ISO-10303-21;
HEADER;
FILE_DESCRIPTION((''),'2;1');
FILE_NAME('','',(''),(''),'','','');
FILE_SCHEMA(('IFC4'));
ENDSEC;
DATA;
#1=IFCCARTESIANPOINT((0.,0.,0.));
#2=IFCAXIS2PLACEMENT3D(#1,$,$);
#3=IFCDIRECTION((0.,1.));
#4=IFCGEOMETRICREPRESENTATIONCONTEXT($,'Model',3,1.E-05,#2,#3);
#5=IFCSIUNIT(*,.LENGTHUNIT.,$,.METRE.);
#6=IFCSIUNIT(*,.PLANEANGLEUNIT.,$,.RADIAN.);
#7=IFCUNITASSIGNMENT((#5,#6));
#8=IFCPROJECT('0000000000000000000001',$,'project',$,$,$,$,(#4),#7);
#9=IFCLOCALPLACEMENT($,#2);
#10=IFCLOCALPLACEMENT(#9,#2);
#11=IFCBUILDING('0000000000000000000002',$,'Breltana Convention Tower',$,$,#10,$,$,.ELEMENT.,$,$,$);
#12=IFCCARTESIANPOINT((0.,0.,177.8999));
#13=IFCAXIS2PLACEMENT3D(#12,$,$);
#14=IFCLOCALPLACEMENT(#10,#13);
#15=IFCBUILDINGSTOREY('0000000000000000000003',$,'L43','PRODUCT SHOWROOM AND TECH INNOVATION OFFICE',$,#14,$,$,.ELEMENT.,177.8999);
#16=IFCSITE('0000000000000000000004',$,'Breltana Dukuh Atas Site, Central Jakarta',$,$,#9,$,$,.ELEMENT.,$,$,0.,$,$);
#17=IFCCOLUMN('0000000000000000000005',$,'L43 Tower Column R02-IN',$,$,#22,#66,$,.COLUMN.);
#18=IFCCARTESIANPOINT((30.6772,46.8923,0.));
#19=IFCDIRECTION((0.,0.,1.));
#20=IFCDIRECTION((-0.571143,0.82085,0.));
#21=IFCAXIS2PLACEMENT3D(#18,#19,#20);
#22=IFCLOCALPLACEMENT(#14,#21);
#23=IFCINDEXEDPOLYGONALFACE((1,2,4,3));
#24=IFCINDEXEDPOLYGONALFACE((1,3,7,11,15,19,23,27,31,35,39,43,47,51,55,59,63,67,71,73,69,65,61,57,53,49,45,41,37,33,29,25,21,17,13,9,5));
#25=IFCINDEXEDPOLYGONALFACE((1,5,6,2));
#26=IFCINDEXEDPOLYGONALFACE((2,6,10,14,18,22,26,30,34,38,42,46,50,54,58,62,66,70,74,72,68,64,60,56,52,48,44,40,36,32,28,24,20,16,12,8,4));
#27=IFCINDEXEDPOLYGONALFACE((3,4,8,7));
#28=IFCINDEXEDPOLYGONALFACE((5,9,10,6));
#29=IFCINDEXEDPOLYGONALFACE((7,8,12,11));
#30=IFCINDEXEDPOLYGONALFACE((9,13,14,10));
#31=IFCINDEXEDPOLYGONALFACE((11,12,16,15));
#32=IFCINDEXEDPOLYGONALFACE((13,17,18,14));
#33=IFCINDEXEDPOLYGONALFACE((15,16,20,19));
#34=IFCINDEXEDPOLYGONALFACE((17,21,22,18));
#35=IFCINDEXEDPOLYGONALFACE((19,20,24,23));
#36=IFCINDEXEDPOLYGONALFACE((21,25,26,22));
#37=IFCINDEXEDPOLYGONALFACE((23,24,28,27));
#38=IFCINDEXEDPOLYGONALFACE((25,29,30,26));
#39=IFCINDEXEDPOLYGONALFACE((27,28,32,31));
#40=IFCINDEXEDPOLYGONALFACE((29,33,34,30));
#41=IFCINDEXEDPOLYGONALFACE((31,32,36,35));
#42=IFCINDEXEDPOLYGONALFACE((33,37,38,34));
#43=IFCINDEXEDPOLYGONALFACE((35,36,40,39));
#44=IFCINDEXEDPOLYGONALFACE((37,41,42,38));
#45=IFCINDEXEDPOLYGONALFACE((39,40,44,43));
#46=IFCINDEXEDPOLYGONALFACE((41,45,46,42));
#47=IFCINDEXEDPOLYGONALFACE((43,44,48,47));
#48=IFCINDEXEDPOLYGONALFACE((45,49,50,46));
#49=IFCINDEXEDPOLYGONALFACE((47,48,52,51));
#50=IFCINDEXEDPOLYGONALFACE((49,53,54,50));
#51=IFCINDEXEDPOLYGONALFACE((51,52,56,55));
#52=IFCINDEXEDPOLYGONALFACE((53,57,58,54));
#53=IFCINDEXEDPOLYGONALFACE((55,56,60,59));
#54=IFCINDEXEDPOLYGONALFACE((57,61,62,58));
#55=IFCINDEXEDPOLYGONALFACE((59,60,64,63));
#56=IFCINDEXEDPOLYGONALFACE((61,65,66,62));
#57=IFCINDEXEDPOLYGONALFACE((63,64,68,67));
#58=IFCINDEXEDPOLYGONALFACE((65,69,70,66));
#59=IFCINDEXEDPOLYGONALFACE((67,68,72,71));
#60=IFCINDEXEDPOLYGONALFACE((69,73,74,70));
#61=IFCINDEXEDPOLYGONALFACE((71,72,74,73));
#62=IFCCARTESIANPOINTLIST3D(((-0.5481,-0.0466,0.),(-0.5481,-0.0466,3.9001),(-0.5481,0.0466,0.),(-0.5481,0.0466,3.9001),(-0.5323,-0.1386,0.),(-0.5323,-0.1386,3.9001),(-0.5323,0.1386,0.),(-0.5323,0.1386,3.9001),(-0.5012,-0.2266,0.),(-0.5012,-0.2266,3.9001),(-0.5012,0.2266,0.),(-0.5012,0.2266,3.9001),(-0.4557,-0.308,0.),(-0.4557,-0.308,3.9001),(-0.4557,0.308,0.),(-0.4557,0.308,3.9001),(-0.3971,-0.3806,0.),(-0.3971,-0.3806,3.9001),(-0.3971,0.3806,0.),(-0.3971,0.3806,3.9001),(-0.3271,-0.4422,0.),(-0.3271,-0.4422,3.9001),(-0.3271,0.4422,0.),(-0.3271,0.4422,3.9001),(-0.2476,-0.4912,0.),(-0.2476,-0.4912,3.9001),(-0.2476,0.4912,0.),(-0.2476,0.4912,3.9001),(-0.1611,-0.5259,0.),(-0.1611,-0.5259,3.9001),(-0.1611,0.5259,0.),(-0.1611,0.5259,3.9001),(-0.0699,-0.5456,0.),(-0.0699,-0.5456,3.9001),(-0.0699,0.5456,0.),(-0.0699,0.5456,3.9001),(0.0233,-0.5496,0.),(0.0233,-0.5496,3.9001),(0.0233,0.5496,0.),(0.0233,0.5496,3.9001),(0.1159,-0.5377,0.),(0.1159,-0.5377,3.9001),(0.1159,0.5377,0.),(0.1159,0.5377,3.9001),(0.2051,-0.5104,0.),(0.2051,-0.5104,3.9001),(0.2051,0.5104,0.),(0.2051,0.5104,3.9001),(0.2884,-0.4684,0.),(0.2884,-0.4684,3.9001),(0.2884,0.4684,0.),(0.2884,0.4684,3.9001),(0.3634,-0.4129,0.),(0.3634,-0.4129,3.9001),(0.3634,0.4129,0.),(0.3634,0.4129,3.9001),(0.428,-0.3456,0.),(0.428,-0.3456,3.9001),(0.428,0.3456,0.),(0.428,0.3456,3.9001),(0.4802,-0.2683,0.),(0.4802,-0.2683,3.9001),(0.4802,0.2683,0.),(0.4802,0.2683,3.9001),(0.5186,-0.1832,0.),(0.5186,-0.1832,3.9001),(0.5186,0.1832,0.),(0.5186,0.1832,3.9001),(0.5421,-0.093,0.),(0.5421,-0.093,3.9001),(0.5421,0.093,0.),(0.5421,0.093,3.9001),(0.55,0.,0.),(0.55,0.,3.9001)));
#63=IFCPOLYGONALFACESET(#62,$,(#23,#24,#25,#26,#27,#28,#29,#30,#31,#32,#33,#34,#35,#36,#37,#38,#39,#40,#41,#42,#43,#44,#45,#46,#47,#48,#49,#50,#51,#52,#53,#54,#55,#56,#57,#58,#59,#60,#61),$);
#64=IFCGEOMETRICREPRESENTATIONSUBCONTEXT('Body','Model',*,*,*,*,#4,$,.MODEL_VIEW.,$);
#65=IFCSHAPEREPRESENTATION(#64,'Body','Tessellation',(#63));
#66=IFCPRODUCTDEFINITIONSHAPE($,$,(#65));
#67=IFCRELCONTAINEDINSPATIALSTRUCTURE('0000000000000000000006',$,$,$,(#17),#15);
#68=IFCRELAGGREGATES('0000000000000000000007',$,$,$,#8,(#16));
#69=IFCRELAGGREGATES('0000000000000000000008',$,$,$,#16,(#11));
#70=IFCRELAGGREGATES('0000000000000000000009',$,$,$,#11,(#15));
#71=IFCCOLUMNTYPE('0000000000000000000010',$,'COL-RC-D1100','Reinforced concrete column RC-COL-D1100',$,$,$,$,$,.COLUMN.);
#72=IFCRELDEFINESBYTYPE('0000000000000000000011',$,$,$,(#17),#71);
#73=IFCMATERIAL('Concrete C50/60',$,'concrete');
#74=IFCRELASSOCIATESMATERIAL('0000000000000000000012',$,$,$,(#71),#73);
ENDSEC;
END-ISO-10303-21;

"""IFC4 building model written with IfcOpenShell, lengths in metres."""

from ifc_helpers import new_model, si_unit, direction, frame, origin, origin_2d, place, context, subcontext, project, spatial, circle, extrude, source, transform, mapped, material, material_profile, profile_set, type_object, element, save


model = new_model("IFC4")

# Units and contexts
model_context = context("Model", 3, precision=1e-05, world=origin(), true_north=direction((0.0, 1.0)))
body_context = subcontext(model_context, "Body", "Model", "MODEL_VIEW")
ifc_project = project(units=[si_unit("LENGTHUNIT", "METRE"), si_unit("PLANEANGLEUNIT", "RADIAN")], contexts=[model_context])

# Site, building, storey
site_placement = place(None, origin())
site = spatial("IfcSite", under=ifc_project, at=site_placement, Name="Breltana Dukuh Atas Site, Central Jakarta", CompositionType="ELEMENT", RefElevation=0.0)
building_placement = place(site_placement, origin())
building = spatial("IfcBuilding", under=site, at=building_placement, Name="Breltana Convention Tower", CompositionType="ELEMENT")
storey_placement = place(building_placement, frame((0.0, 0.0, 177.8999)))
storey = spatial("IfcBuildingStorey", under=building, at=storey_placement, Name="L43", Description="PRODUCT SHOWROOM AND TECH INNOVATION OFFICE", CompositionType="ELEMENT", Elevation=177.8999)

# Column
ifc_material_1 = material(Name="Concrete C50/60", Category="concrete")
ifc_material_profile_1 = material_profile(ifc_material_1, circle(Radius=0.55, at=origin_2d()), Name="RC-COL-D1100")
ifc_profile_set_1 = profile_set([ifc_material_profile_1], Name="Concrete C50/60")
column_type = type_object("IfcColumnType", Name="COL-RC-D1100", Description="Reinforced concrete column RC-COL-D1100", PredefinedType="COLUMN", material=ifc_profile_set_1)
shared_shape_1 = source(origin(), body_context, "Body", "SweptSolid", [
    extrude(circle(Radius=0.55, at=origin_2d()), origin(), (0.0, 0.0, 1.0), 3.9001),
])
for number, where, z_axis, x_axis, name in (
    (1, (30.6772, 46.8923, 0.0), (0.0, 0.0, 1.0), (-0.571143, 0.82085, 0.0), "L43 Tower Column R02-IN"),
):
    element("IfcColumn", number, at=place(storey_placement, frame(where, z_axis=z_axis, x_axis=x_axis)), inside=storey, type_object=column_type, Name=name, PredefinedType="COLUMN", context=body_context, shape_type="MappedRepresentation", body=[
        mapped(shared_shape_1, transform((0.0, 0.0, 0.0), scale=1.0)),
    ])

save(model, "model.ifc")
